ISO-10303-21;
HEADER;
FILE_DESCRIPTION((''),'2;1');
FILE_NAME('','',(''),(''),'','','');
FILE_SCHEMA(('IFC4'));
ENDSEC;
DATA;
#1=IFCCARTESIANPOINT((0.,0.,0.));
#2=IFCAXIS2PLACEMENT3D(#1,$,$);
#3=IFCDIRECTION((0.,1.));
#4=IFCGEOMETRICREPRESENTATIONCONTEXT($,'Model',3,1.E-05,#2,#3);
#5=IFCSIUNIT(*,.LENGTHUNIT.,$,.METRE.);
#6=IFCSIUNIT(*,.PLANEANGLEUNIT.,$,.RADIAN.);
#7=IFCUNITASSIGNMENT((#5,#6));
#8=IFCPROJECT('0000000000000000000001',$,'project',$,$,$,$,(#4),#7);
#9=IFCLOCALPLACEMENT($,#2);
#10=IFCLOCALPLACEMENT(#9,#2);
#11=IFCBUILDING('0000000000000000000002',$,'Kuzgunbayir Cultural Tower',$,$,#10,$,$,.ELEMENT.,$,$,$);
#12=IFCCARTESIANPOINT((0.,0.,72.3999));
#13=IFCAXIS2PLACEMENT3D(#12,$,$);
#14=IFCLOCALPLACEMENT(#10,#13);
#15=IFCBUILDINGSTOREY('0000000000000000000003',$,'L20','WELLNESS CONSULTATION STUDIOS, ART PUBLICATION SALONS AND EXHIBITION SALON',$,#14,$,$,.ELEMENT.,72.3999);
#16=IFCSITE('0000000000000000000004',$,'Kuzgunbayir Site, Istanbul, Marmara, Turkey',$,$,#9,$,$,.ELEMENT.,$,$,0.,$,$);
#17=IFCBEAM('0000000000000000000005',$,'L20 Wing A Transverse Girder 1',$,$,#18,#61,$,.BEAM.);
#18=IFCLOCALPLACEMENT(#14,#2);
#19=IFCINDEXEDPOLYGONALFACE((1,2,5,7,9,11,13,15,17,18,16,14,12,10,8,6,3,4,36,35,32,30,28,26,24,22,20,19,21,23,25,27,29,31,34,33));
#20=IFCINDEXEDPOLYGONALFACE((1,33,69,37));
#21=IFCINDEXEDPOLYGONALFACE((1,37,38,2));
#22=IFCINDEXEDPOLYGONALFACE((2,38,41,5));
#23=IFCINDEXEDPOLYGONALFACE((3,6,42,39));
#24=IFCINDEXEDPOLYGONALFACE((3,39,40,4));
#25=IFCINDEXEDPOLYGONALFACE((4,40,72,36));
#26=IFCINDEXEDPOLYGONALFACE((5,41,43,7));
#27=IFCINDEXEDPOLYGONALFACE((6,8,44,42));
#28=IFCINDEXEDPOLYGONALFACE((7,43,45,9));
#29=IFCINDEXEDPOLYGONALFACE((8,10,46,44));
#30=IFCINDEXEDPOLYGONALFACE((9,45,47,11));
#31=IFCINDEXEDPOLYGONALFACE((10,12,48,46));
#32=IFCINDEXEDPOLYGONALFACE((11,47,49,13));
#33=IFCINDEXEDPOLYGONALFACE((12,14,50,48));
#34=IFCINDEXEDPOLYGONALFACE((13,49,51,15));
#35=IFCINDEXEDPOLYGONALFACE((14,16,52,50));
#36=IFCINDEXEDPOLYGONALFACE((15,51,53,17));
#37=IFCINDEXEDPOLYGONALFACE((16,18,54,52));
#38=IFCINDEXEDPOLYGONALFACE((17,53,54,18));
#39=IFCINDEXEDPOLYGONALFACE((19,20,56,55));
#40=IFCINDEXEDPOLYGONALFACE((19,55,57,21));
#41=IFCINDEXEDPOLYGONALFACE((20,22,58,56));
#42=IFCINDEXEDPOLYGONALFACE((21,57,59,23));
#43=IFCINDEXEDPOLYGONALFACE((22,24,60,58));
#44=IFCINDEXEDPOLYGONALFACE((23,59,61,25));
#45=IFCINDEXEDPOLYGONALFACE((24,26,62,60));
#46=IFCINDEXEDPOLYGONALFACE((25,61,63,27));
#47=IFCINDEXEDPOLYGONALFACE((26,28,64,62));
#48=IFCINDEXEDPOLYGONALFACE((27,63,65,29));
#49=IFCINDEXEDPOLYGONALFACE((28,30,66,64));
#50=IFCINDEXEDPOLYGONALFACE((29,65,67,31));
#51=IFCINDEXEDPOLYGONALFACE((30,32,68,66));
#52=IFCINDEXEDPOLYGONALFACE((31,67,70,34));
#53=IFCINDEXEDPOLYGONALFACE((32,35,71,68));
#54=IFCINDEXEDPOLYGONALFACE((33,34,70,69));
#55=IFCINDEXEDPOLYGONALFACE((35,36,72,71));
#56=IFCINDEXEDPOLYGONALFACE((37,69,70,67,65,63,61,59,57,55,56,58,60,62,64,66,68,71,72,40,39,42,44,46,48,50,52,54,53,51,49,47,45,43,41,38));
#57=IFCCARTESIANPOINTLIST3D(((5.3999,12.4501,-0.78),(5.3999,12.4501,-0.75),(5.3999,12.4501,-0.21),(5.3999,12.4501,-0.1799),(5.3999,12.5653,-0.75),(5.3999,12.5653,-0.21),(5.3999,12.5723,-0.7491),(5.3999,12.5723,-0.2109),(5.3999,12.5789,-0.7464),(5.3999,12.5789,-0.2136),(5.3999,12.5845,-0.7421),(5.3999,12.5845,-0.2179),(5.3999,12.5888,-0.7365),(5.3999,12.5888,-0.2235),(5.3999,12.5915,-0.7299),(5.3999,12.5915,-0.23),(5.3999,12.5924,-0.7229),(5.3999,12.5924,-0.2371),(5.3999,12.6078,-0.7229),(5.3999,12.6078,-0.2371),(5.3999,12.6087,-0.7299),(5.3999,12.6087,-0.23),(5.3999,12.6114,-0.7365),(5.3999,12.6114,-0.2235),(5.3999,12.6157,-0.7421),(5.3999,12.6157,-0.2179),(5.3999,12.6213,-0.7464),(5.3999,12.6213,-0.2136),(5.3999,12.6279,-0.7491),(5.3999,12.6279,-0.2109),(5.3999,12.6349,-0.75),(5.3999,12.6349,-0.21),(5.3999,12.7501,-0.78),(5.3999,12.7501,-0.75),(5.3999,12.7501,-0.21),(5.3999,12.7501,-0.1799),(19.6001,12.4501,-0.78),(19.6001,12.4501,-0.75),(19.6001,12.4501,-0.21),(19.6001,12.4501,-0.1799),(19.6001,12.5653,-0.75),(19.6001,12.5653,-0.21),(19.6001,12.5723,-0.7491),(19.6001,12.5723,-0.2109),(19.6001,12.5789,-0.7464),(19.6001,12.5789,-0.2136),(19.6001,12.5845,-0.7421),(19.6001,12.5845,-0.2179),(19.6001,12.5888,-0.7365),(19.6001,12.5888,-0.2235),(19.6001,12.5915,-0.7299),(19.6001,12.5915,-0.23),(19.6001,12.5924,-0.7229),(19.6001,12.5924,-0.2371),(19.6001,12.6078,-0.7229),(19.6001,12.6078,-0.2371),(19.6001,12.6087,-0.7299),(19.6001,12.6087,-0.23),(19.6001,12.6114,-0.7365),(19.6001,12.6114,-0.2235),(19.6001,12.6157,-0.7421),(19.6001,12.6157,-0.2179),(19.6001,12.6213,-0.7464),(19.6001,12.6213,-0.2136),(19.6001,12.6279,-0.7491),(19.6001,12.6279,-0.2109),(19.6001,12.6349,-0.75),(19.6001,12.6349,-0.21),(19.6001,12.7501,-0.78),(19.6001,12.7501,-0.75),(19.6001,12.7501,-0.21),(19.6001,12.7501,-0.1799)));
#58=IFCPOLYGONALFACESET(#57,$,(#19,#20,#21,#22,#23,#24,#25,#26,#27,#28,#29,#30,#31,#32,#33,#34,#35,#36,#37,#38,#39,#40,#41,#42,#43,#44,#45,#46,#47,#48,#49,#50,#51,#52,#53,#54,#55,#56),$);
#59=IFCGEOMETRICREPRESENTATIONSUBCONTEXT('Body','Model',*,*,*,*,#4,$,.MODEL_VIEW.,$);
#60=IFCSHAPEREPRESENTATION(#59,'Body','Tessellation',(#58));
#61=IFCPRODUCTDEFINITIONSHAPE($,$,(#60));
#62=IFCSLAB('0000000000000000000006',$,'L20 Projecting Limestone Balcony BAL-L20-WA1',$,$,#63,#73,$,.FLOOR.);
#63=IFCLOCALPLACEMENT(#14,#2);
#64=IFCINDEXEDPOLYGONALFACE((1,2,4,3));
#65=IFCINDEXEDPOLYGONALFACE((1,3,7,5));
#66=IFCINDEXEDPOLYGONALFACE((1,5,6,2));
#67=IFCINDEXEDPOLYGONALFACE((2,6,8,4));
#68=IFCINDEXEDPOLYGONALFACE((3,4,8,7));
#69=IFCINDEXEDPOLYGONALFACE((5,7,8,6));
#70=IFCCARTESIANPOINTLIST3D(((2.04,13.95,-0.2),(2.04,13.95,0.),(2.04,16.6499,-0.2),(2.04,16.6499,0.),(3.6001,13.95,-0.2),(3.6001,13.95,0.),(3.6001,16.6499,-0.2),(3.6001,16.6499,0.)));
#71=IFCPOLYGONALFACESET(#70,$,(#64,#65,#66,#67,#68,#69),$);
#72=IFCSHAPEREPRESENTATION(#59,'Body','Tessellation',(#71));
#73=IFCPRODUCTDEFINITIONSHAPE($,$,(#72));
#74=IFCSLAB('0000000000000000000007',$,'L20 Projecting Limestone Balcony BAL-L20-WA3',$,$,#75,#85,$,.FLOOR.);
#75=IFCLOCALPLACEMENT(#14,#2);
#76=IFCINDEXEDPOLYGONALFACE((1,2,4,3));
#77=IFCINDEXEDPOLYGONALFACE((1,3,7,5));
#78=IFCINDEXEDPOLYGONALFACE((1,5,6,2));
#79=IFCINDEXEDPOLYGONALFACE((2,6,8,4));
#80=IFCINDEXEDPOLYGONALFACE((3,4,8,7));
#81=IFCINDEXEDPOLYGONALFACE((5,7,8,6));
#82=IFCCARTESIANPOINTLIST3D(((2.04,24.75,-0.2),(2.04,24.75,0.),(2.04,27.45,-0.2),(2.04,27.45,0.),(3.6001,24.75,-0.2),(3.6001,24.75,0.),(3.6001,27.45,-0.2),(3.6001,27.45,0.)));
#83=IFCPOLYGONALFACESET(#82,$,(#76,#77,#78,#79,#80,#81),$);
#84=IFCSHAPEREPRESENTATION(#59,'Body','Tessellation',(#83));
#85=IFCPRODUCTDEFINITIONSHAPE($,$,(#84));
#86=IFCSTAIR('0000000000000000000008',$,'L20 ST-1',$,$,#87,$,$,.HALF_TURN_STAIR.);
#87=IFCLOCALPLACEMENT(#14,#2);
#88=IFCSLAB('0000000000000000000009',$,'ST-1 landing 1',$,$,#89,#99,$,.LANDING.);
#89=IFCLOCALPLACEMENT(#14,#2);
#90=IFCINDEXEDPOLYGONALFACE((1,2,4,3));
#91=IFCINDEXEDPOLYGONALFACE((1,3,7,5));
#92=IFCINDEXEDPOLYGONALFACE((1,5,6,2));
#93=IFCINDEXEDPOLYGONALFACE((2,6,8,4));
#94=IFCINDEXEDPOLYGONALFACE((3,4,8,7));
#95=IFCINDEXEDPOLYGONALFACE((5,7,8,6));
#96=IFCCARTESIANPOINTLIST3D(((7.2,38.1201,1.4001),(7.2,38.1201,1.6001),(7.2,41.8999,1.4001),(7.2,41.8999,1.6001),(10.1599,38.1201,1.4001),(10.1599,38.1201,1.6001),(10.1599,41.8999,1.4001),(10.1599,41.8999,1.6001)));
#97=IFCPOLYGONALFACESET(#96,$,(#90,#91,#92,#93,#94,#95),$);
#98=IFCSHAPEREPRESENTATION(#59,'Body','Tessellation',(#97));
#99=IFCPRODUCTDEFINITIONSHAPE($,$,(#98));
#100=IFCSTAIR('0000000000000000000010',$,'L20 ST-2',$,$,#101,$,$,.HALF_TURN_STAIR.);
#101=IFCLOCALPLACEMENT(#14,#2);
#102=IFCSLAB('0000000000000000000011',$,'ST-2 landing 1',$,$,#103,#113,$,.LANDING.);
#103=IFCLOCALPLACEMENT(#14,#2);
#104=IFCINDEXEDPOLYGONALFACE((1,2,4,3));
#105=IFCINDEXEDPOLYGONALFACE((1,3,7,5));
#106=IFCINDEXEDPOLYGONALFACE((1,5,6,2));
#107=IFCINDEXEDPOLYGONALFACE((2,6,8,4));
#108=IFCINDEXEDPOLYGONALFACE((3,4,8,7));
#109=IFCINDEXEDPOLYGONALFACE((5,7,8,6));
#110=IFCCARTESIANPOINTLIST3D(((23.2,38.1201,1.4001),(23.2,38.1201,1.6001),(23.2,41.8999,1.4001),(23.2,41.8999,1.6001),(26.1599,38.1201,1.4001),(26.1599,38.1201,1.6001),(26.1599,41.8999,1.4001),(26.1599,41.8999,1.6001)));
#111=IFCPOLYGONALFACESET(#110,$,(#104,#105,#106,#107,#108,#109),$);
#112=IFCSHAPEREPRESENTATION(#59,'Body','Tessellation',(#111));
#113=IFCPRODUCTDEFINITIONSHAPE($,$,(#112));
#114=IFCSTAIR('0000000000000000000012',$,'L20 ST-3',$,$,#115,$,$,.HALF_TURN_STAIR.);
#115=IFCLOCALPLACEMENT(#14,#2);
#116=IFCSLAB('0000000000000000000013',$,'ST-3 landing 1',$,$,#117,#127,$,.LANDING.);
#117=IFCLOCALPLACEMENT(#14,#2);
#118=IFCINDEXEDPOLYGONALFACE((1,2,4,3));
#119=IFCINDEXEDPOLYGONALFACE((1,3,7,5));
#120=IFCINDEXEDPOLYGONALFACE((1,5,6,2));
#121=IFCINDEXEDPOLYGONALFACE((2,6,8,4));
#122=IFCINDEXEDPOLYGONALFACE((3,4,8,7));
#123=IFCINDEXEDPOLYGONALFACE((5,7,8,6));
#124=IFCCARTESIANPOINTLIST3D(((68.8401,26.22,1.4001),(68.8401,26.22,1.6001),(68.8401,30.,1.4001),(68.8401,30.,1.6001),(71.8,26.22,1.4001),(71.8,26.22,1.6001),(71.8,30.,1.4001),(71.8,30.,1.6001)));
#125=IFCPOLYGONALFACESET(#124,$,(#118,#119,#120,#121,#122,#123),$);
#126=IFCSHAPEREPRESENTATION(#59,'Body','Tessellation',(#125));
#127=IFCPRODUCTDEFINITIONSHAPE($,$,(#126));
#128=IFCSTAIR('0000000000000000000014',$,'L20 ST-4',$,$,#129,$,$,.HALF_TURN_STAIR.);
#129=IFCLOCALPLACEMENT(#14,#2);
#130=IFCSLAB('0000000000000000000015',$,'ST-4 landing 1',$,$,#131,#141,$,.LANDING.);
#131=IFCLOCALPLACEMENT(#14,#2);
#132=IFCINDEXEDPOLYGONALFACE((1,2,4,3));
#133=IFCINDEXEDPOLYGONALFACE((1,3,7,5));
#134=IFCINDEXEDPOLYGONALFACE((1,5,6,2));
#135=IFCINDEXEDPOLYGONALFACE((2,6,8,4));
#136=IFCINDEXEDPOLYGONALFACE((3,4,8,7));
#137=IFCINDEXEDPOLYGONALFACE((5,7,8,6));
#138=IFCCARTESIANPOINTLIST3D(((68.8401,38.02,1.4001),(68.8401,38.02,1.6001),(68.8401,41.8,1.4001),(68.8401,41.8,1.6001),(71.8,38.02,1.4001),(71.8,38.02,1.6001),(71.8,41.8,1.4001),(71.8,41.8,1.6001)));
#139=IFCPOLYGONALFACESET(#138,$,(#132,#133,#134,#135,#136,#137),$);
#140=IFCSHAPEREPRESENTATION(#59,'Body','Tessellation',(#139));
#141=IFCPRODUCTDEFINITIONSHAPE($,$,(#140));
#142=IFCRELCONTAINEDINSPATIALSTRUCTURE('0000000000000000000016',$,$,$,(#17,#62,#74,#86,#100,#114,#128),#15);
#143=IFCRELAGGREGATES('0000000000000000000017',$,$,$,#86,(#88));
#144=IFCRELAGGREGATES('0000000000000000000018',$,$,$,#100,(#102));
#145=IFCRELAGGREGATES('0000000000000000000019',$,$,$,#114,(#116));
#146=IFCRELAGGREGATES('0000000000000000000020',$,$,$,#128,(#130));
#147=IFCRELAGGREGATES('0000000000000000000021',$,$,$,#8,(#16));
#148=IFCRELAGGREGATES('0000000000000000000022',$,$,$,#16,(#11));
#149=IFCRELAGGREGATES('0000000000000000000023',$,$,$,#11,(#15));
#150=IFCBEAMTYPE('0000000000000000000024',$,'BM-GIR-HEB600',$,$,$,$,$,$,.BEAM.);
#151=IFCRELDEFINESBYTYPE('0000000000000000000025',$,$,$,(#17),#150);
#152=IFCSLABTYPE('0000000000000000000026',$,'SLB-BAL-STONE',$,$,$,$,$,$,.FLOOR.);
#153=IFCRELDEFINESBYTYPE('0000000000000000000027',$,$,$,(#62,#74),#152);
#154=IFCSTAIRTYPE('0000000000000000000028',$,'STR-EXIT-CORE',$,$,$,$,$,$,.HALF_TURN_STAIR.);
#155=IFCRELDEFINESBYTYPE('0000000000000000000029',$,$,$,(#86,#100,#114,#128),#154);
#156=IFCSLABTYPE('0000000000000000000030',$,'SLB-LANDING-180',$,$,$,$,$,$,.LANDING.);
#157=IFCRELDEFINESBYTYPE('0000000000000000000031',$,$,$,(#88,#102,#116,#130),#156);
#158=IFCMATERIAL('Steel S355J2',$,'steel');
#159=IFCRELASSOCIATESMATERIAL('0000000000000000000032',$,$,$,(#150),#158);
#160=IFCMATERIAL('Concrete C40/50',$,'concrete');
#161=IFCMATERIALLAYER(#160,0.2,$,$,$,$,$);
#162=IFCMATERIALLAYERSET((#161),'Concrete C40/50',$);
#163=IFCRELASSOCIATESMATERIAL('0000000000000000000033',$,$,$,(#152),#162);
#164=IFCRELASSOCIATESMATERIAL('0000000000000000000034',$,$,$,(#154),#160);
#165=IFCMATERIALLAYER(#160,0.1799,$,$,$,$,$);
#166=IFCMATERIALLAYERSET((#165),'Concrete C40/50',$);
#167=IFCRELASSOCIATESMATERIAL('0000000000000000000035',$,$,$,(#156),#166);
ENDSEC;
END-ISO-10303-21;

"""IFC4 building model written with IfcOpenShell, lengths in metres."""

from ifc_helpers import new_model, si_unit, direction, frame, origin, origin_2d, place, context, subcontext, project, spatial, polyline, i_section, outline, extrude, material, layer, layer_set, material_profile, profile_set, type_object, element, aggregate, save


model = new_model("IFC4")

# Units and contexts
model_context = context("Model", 3, precision=1e-05, world=origin(), true_north=direction((0.0, 1.0)))
body_context = subcontext(model_context, "Body", "Model", "MODEL_VIEW")
ifc_project = project(units=[si_unit("LENGTHUNIT", "METRE"), si_unit("PLANEANGLEUNIT", "RADIAN")], contexts=[model_context])

# Site, building, storey
site_placement = place(None, origin())
site = spatial("IfcSite", under=ifc_project, at=site_placement, Name="Kuzgunbayir Site, Istanbul, Marmara, Turkey", CompositionType="ELEMENT", RefElevation=0.0)
building_placement = place(site_placement, origin())
building = spatial("IfcBuilding", under=site, at=building_placement, Name="Kuzgunbayir Cultural Tower", CompositionType="ELEMENT")
storey_placement = place(building_placement, frame((0.0, 0.0, 72.3999)))
storey = spatial("IfcBuildingStorey", under=building, at=storey_placement, Name="L20", Description="WELLNESS CONSULTATION STUDIOS, ART PUBLICATION SALONS AND EXHIBITION SALON", CompositionType="ELEMENT", Elevation=72.3999)

# Beam
ifc_material_1 = material(Name="Steel S355J2", Category="steel")
ifc_material_profile_1 = material_profile(ifc_material_1, i_section(OverallWidth=0.3, OverallDepth=0.6001, WebThickness=0.0154, FlangeThickness=0.03, FilletRadius=0.0271, at=origin_2d()), Name="HEB 600")
ifc_profile_set_1 = profile_set([ifc_material_profile_1], Name="Steel S355J2")
beam_type_1 = type_object("IfcBeamType", Name="BM-GIR-HEB600", PredefinedType="BEAM", material=ifc_profile_set_1)
beam_1_placement = place(storey_placement, frame((5.3999, 12.6001, -0.48), z_axis=(1.0, 0.0, 0.0), x_axis=(0.0, 1.0, 0.0)))
element("IfcBeam", 1, at=beam_1_placement, inside=storey, type_object=beam_type_1, Name="L20 Wing A Transverse Girder 1", PredefinedType="BEAM", context=body_context, shape_type="SweptSolid", body=[
    extrude(i_section(OverallWidth=0.3, OverallDepth=0.6001, WebThickness=0.0154, FlangeThickness=0.03, FilletRadius=0.0271, at=origin_2d()), origin(), (0.0, 0.0, 1.0), 14.2002),
])

# Slabs
ifc_material_2 = material(Name="Concrete C40/50", Category="concrete")
ifc_layer_1 = layer(ifc_material_2, 0.2)
ifc_layer_set_1 = layer_set([ifc_layer_1], Name="Concrete C40/50")
slab_type_1 = type_object("IfcSlabType", Name="SLB-BAL-STONE", PredefinedType="FLOOR", material=ifc_layer_set_1)
slab_1_placement = place(storey_placement, frame((0.0, 0.0, -0.2)))
element("IfcSlab", 2, at=slab_1_placement, inside=storey, type_object=slab_type_1, Name="L20 Projecting Limestone Balcony BAL-L20-WA1", PredefinedType="FLOOR", context=body_context, shape_type="SweptSolid", body=[
    extrude(outline(polyline([(2.04, 13.95), (3.6001, 13.95), (3.6001, 16.6499), (2.04, 16.6499), (2.04, 13.95)])), origin(), (0.0, 0.0, 1.0), 0.2),
])
slab_2_placement = place(storey_placement, frame((0.0, 0.0, -0.2)))
element("IfcSlab", 3, at=slab_2_placement, inside=storey, type_object=slab_type_1, Name="L20 Projecting Limestone Balcony BAL-L20-WA3", PredefinedType="FLOOR", context=body_context, shape_type="SweptSolid", body=[
    extrude(outline(polyline([(2.04, 24.75), (3.6001, 24.75), (3.6001, 27.45), (2.04, 27.45), (2.04, 24.75)])), origin(), (0.0, 0.0, 1.0), 0.2),
])

# Stairs, slabs
stair_type = type_object("IfcStairType", Name="STR-EXIT-CORE", PredefinedType="HALF_TURN_STAIR", material=ifc_material_2)
stair_1_placement = place(storey_placement, origin())
stair_1 = element("IfcStair", 4, at=stair_1_placement, inside=storey, type_object=stair_type, Name="L20 ST-1", PredefinedType="HALF_TURN_STAIR")
ifc_layer_2 = layer(ifc_material_2, 0.1799)
ifc_layer_set_2 = layer_set([ifc_layer_2], Name="Concrete C40/50")
slab_type_2 = type_object("IfcSlabType", Name="SLB-LANDING-180", PredefinedType="LANDING", material=ifc_layer_set_2)
slab_3_placement = place(storey_placement, frame((0.0, 0.0, 1.4001)))
slab_3 = element("IfcSlab", 5, at=slab_3_placement, type_object=slab_type_2, Name="ST-1 landing 1", PredefinedType="LANDING", context=body_context, shape_type="SweptSolid", body=[
    extrude(outline(polyline([(10.1599, 38.1201), (10.1599, 41.8999), (7.2, 41.8999), (7.2, 38.1201), (10.1599, 38.1201)])), origin(), (0.0, 0.0, 1.0), 0.2),
])
aggregate(stair_1, [slab_3])
stair_2_placement = place(storey_placement, origin())
stair_2 = element("IfcStair", 6, at=stair_2_placement, inside=storey, type_object=stair_type, Name="L20 ST-2", PredefinedType="HALF_TURN_STAIR")
slab_4_placement = place(storey_placement, frame((0.0, 0.0, 1.4001)))
slab_4 = element("IfcSlab", 7, at=slab_4_placement, type_object=slab_type_2, Name="ST-2 landing 1", PredefinedType="LANDING", context=body_context, shape_type="SweptSolid", body=[
    extrude(outline(polyline([(26.1599, 38.1201), (26.1599, 41.8999), (23.2, 41.8999), (23.2, 38.1201), (26.1599, 38.1201)])), origin(), (0.0, 0.0, 1.0), 0.2),
])
aggregate(stair_2, [slab_4])
stair_3_placement = place(storey_placement, origin())
stair_3 = element("IfcStair", 8, at=stair_3_placement, inside=storey, type_object=stair_type, Name="L20 ST-3", PredefinedType="HALF_TURN_STAIR")
slab_5_placement = place(storey_placement, frame((0.0, 0.0, 1.4001)))
slab_5 = element("IfcSlab", 9, at=slab_5_placement, type_object=slab_type_2, Name="ST-3 landing 1", PredefinedType="LANDING", context=body_context, shape_type="SweptSolid", body=[
    extrude(outline(polyline([(71.8, 26.22), (71.8, 30.0), (68.8401, 30.0), (68.8401, 26.22), (71.8, 26.22)])), origin(), (0.0, 0.0, 1.0), 0.2),
])
aggregate(stair_3, [slab_5])
stair_4_placement = place(storey_placement, origin())
stair_4 = element("IfcStair", 10, at=stair_4_placement, inside=storey, type_object=stair_type, Name="L20 ST-4", PredefinedType="HALF_TURN_STAIR")
slab_6_placement = place(storey_placement, frame((0.0, 0.0, 1.4001)))
slab_6 = element("IfcSlab", 11, at=slab_6_placement, type_object=slab_type_2, Name="ST-4 landing 1", PredefinedType="LANDING", context=body_context, shape_type="SweptSolid", body=[
    extrude(outline(polyline([(71.8, 38.02), (71.8, 41.8), (68.8401, 41.8), (68.8401, 38.02), (71.8, 38.02)])), origin(), (0.0, 0.0, 1.0), 0.2),
])
aggregate(stair_4, [slab_6])

save(model, "model.ifc")
